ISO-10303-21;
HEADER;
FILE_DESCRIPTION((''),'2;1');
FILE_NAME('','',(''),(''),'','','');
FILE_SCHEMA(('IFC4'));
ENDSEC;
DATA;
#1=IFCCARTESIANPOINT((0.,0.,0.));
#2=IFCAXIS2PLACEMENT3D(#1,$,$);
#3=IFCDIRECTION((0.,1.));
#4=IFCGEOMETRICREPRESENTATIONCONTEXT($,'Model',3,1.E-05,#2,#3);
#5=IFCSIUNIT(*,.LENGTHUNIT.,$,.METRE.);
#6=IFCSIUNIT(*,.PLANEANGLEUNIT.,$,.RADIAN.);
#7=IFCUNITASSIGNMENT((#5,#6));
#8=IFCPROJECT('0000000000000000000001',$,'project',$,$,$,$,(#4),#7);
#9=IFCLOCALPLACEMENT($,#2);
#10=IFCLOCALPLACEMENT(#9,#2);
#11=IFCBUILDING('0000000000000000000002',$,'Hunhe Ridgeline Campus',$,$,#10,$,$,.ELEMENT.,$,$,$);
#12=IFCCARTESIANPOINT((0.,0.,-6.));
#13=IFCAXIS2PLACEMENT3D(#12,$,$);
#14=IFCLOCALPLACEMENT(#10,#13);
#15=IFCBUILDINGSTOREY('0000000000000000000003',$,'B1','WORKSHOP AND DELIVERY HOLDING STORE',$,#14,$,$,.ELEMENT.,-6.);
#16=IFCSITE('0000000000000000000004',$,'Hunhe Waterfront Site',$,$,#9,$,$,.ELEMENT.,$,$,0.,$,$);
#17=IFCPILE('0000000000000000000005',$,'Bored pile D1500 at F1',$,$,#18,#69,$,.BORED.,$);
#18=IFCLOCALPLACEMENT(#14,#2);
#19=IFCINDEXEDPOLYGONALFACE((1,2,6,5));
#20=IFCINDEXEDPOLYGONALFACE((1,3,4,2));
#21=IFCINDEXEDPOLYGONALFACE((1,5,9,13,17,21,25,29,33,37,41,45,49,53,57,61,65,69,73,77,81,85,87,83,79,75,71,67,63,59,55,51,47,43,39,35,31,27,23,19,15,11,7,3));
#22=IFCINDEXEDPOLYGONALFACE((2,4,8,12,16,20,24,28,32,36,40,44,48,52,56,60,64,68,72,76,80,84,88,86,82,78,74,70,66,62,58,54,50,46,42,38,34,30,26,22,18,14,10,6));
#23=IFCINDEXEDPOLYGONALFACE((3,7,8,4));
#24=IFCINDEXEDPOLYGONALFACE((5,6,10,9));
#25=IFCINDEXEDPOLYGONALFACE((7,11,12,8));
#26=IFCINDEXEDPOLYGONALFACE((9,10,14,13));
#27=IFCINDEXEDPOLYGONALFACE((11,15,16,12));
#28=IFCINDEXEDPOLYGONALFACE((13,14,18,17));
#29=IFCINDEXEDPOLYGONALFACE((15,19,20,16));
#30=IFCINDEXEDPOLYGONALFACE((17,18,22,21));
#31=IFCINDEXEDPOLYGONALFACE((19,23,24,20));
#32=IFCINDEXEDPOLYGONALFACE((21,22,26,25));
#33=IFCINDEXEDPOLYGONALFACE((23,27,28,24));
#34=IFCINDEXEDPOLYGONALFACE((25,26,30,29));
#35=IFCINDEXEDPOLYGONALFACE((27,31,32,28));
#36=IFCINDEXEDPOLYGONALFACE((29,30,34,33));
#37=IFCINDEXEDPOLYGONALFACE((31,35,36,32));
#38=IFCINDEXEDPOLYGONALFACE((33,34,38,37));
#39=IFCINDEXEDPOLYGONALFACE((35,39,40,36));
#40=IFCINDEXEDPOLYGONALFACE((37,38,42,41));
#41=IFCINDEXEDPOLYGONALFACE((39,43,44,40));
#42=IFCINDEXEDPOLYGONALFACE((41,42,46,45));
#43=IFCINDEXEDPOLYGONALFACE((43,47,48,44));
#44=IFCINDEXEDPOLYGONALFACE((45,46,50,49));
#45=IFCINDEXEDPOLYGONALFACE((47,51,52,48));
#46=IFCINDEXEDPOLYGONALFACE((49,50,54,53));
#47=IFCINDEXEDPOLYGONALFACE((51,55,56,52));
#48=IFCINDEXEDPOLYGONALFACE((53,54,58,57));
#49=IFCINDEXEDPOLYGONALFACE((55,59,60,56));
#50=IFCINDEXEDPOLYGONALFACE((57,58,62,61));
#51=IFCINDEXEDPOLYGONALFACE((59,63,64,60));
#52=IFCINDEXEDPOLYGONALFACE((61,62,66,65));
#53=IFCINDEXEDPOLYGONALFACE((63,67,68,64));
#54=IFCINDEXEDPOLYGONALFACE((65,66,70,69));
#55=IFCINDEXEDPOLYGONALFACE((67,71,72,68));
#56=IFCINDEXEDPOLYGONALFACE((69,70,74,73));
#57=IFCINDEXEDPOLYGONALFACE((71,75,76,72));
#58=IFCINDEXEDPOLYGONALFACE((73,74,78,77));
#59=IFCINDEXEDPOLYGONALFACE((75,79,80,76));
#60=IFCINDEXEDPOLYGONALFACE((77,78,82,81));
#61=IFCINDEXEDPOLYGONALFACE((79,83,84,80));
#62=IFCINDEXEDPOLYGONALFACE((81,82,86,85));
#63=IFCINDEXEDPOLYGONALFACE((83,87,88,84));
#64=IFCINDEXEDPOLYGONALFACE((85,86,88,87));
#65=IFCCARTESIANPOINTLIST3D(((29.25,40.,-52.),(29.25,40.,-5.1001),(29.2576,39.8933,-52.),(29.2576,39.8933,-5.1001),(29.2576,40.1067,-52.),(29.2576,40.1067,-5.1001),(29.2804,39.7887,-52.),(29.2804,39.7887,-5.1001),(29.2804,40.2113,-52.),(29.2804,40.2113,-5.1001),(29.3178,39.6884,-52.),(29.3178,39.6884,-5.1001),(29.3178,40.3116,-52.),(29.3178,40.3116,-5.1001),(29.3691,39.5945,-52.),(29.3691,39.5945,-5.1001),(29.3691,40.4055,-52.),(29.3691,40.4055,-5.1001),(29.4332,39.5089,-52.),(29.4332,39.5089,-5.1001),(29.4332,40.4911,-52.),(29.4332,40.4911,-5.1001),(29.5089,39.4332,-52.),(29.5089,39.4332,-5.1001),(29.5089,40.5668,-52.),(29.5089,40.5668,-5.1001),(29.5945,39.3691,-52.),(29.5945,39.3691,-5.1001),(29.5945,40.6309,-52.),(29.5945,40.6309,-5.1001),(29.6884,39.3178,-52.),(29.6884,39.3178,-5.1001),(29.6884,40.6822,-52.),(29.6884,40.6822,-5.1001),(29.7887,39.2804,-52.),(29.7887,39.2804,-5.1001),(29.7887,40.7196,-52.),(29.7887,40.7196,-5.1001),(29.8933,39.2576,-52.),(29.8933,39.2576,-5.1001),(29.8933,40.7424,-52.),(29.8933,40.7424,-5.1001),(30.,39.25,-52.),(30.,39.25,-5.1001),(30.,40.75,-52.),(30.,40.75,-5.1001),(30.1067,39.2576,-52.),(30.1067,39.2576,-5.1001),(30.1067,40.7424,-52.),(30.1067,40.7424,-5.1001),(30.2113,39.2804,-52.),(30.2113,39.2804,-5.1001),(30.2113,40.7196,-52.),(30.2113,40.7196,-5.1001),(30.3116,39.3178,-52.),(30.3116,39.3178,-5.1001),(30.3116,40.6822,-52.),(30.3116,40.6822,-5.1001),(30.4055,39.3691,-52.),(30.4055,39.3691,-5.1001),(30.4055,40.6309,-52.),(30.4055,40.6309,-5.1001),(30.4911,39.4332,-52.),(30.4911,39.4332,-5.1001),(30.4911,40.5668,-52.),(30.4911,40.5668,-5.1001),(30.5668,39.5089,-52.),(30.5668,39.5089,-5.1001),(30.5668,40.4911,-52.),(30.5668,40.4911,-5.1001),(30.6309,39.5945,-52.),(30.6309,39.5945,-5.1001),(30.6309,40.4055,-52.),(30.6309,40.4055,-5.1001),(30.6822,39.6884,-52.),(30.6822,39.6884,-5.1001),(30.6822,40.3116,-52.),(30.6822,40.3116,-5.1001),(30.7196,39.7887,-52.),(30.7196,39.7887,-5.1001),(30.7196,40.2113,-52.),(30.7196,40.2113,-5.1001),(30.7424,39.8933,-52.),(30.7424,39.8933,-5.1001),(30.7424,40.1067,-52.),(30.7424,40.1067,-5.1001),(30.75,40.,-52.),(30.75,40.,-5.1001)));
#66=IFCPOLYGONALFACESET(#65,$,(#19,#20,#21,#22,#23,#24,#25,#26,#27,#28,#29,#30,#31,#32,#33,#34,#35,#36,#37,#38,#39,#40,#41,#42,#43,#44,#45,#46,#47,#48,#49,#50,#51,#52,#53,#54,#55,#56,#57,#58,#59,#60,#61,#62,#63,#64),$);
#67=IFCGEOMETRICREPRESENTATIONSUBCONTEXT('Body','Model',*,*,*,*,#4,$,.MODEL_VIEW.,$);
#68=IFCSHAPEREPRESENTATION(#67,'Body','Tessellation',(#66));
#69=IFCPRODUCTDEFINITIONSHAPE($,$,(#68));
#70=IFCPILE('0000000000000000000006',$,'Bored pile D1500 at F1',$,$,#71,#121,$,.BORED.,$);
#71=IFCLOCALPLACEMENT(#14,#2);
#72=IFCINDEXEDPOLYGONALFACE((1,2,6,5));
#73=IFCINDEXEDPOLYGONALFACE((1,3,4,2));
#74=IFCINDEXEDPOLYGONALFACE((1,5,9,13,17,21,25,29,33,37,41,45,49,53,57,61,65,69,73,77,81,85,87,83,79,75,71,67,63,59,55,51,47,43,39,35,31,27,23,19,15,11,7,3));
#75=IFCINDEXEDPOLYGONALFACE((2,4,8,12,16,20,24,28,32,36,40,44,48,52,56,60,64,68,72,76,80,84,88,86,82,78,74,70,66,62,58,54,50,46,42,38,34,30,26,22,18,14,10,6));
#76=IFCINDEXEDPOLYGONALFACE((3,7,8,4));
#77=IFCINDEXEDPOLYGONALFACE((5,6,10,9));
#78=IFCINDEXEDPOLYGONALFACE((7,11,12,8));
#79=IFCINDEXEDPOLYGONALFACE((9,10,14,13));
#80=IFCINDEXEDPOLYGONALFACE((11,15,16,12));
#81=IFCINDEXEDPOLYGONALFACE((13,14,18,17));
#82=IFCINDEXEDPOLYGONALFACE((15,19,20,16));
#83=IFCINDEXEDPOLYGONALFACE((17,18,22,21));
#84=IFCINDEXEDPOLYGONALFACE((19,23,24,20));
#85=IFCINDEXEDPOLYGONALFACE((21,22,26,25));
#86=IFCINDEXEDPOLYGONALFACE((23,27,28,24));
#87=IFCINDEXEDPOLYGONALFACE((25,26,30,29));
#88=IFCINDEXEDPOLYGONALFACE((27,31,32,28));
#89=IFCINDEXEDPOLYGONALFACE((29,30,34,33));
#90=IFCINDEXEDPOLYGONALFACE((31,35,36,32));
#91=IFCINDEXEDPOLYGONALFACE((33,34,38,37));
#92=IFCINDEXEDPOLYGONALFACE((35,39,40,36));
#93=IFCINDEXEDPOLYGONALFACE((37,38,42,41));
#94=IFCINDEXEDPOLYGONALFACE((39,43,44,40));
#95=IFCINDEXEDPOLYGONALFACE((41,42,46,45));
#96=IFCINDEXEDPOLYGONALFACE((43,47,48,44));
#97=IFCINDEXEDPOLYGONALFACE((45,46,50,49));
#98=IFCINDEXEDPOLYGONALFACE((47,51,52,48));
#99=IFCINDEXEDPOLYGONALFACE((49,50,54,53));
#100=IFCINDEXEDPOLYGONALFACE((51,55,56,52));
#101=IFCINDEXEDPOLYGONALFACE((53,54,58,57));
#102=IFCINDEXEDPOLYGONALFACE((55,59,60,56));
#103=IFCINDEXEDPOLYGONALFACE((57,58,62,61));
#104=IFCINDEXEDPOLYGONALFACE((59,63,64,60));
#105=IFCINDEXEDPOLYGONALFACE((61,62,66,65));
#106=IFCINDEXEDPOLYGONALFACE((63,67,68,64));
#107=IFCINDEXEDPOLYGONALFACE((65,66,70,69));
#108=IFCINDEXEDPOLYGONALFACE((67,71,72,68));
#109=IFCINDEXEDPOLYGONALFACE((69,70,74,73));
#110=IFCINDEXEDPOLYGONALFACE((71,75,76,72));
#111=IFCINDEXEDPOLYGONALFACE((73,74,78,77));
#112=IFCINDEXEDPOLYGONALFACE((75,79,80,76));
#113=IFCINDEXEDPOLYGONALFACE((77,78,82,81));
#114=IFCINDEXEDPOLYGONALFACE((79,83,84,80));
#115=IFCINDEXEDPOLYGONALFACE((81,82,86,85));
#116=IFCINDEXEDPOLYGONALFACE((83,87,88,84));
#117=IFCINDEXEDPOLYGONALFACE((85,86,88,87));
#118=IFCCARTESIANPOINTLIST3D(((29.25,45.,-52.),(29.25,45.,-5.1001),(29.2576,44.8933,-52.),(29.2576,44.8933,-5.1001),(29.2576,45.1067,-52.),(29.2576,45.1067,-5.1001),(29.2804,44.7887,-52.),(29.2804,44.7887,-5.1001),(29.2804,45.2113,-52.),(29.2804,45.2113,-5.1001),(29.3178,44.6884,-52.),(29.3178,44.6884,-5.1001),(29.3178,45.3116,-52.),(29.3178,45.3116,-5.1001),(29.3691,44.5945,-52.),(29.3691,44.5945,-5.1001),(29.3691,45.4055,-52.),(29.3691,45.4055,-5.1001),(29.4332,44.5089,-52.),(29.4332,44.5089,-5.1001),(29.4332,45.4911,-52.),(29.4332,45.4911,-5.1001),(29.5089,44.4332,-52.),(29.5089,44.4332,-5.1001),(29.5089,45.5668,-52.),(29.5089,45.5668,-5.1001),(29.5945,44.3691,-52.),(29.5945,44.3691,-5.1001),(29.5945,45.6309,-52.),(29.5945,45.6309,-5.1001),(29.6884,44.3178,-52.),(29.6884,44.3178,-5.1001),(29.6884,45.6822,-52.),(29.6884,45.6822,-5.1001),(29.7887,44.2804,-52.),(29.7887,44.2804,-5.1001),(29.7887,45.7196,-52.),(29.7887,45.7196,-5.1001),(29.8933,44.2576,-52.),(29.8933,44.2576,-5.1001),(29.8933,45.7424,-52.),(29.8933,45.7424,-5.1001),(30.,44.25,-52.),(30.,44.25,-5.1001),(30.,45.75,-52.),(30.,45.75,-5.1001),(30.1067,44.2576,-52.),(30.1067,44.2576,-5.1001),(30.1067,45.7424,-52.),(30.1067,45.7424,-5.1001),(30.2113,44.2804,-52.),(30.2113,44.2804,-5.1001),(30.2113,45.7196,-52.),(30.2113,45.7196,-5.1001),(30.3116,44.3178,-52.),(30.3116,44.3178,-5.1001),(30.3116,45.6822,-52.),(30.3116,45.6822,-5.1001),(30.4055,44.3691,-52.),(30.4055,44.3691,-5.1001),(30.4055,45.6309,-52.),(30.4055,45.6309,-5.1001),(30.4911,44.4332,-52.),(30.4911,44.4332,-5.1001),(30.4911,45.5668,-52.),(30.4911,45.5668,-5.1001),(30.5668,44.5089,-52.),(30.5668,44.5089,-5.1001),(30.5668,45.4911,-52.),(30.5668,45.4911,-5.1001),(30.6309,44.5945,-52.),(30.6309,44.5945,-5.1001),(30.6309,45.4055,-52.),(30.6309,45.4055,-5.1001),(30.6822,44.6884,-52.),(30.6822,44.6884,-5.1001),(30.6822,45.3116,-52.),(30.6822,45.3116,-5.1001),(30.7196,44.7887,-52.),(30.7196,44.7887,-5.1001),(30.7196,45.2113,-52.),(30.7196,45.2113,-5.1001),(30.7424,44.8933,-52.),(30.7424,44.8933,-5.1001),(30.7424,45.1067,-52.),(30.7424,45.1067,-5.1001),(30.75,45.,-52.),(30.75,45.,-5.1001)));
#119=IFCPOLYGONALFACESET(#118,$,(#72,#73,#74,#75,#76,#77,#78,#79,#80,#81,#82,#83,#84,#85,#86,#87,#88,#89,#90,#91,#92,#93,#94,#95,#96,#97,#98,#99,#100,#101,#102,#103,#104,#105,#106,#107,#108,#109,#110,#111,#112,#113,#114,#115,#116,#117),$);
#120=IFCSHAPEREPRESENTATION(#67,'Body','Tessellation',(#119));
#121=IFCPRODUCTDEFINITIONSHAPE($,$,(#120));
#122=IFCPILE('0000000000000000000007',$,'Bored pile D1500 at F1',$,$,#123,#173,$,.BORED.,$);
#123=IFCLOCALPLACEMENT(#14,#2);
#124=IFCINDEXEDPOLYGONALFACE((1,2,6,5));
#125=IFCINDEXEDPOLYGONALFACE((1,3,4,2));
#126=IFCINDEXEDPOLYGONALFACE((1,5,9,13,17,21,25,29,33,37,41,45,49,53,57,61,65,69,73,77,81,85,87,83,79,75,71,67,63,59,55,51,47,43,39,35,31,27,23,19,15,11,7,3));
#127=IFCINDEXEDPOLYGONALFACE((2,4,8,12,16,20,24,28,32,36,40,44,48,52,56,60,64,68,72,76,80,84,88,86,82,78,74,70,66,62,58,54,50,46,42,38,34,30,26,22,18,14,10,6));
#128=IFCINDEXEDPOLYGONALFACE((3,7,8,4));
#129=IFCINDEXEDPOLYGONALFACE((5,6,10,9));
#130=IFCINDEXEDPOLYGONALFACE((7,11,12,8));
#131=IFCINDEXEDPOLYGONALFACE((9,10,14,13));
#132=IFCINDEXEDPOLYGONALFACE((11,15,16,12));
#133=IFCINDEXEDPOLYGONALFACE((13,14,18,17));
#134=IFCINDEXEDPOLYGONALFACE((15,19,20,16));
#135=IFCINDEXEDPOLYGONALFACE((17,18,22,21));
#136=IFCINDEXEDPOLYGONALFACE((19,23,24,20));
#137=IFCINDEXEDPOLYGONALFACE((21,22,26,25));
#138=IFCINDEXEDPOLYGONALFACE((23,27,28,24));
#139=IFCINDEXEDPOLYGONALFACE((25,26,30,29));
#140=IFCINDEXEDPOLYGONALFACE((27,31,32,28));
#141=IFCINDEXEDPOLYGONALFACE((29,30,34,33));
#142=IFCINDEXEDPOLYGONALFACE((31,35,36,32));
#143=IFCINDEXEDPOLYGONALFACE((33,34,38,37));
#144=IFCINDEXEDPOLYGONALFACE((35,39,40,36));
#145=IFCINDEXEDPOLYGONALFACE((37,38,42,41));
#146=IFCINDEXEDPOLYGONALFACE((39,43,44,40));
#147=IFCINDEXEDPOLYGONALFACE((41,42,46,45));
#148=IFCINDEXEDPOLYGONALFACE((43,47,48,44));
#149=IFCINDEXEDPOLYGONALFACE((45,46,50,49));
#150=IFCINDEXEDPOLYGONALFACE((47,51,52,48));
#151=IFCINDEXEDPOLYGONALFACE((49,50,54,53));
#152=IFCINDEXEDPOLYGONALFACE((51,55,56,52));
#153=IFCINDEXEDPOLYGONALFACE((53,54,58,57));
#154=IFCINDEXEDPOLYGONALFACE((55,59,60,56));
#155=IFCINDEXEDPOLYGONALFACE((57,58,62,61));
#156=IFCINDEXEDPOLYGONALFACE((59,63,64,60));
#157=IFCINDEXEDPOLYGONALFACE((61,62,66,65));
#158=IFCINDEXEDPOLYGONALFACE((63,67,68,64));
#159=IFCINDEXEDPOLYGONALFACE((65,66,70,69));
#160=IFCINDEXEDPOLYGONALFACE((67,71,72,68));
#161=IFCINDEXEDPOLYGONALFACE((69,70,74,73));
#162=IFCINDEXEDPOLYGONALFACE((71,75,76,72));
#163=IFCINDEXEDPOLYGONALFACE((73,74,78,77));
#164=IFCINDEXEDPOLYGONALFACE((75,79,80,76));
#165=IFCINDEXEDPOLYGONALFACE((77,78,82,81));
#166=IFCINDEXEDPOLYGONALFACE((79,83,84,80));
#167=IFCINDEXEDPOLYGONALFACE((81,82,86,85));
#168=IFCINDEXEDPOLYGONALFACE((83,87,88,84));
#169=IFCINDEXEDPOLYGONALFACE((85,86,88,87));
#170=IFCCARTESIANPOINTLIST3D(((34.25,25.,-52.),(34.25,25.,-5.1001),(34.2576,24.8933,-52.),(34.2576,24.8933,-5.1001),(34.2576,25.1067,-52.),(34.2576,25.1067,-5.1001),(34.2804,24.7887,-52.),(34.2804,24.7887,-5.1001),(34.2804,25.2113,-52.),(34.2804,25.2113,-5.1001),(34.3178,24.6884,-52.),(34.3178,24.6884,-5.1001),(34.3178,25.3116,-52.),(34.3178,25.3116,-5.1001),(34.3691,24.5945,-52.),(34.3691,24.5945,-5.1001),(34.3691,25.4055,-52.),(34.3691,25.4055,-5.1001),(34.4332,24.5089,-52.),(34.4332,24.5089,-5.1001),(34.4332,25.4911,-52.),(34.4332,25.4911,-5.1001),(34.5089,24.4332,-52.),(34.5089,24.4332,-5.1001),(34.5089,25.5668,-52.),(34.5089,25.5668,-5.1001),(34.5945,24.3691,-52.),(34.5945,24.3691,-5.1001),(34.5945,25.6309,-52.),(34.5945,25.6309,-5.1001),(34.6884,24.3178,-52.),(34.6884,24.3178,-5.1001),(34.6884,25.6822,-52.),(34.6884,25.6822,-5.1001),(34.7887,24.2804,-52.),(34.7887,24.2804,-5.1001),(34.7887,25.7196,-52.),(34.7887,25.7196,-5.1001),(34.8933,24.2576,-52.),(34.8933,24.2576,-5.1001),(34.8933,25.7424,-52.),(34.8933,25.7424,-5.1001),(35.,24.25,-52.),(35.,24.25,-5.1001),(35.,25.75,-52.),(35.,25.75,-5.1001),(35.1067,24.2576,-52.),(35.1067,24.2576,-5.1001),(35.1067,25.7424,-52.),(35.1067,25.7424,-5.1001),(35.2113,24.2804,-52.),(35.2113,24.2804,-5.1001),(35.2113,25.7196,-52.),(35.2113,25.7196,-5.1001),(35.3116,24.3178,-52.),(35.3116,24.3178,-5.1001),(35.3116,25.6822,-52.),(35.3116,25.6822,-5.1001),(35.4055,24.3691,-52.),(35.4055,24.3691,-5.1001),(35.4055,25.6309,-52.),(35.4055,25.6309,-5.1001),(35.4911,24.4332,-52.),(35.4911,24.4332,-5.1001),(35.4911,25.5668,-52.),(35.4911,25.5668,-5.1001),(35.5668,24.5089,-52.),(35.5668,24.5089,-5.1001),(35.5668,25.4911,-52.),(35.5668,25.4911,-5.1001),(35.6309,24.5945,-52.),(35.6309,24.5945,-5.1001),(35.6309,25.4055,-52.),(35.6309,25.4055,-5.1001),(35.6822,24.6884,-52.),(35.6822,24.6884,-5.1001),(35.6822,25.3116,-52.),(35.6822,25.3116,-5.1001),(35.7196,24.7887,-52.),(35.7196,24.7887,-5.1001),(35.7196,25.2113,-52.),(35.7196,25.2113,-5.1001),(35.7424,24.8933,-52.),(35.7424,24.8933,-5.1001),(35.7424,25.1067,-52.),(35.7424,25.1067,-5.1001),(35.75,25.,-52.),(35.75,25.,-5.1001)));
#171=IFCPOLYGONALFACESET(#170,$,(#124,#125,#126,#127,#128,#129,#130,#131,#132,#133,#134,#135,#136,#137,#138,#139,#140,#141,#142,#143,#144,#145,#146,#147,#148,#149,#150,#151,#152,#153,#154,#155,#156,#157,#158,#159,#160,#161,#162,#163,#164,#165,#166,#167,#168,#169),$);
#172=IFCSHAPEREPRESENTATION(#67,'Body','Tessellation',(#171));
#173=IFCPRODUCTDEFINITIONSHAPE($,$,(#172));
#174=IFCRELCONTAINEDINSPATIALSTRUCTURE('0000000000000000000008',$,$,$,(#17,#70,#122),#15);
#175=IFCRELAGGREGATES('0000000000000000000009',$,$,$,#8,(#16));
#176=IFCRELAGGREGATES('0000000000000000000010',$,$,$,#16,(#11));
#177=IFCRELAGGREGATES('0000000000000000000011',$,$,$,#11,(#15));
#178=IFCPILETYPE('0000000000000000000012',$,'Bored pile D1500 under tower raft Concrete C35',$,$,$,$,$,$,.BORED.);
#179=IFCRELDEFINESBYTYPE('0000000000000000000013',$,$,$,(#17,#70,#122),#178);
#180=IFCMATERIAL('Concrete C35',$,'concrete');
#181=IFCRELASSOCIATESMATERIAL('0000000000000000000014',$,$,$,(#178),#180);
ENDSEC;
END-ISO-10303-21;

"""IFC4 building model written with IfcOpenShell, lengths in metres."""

from ifc_helpers import new_model, si_unit, direction, frame, origin, origin_2d, place, context, subcontext, project, spatial, circle, extrude, material, material_profile, profile_set, type_object, element, save


model = new_model("IFC4")

# Units and contexts
model_context = context("Model", 3, precision=1e-05, world=origin(), true_north=direction((0.0, 1.0)))
body_context = subcontext(model_context, "Body", "Model", "MODEL_VIEW")
ifc_project = project(units=[si_unit("LENGTHUNIT", "METRE"), si_unit("PLANEANGLEUNIT", "RADIAN")], contexts=[model_context])

# Site, building, storey
site_placement = place(None, origin())
site = spatial("IfcSite", under=ifc_project, at=site_placement, Name="Hunhe Waterfront Site", CompositionType="ELEMENT", RefElevation=0.0)
building_placement = place(site_placement, origin())
building = spatial("IfcBuilding", under=site, at=building_placement, Name="Hunhe Ridgeline Campus", CompositionType="ELEMENT")
storey_placement = place(building_placement, frame((0.0, 0.0, -6.0)))
storey = spatial("IfcBuildingStorey", under=building, at=storey_placement, Name="B1", Description="WORKSHOP AND DELIVERY HOLDING STORE", CompositionType="ELEMENT", Elevation=-6.0)

# Piles
ifc_material_1 = material(Name="Concrete C35", Category="concrete")
ifc_material_profile_1 = material_profile(ifc_material_1, circle(Radius=0.75, at=origin_2d()))
ifc_profile_set_1 = profile_set([ifc_material_profile_1], Name="Concrete C35")
pile_type = type_object("IfcPileType", Name="Bored pile D1500 under tower raft Concrete C35", PredefinedType="BORED", material=ifc_profile_set_1)
for number, where, z_axis, x_axis, name in (
    (1, (30.0, 40.0, -5.1001), (0.0, 0.0, -1.0), (1.0, 0.0, 0.0), "Bored pile D1500 at F1"),
    (2, (30.0, 45.0, -5.1001), (0.0, 0.0, -1.0), (1.0, 0.0, 0.0), "Bored pile D1500 at F1"),
    (3, (35.0, 25.0, -5.1001), (0.0, 0.0, -1.0), (1.0, 0.0, 0.0), "Bored pile D1500 at F1"),
):
    element("IfcPile", number, at=place(storey_placement, frame(where, z_axis=z_axis, x_axis=x_axis)), inside=storey, type_object=pile_type, Name=name, PredefinedType="BORED", context=body_context, shape_type="SweptSolid", body=[
        extrude(circle(Radius=0.75, at=origin_2d()), origin(), (0.0, 0.0, 1.0), 46.8999),
    ])

save(model, "model.ifc")
